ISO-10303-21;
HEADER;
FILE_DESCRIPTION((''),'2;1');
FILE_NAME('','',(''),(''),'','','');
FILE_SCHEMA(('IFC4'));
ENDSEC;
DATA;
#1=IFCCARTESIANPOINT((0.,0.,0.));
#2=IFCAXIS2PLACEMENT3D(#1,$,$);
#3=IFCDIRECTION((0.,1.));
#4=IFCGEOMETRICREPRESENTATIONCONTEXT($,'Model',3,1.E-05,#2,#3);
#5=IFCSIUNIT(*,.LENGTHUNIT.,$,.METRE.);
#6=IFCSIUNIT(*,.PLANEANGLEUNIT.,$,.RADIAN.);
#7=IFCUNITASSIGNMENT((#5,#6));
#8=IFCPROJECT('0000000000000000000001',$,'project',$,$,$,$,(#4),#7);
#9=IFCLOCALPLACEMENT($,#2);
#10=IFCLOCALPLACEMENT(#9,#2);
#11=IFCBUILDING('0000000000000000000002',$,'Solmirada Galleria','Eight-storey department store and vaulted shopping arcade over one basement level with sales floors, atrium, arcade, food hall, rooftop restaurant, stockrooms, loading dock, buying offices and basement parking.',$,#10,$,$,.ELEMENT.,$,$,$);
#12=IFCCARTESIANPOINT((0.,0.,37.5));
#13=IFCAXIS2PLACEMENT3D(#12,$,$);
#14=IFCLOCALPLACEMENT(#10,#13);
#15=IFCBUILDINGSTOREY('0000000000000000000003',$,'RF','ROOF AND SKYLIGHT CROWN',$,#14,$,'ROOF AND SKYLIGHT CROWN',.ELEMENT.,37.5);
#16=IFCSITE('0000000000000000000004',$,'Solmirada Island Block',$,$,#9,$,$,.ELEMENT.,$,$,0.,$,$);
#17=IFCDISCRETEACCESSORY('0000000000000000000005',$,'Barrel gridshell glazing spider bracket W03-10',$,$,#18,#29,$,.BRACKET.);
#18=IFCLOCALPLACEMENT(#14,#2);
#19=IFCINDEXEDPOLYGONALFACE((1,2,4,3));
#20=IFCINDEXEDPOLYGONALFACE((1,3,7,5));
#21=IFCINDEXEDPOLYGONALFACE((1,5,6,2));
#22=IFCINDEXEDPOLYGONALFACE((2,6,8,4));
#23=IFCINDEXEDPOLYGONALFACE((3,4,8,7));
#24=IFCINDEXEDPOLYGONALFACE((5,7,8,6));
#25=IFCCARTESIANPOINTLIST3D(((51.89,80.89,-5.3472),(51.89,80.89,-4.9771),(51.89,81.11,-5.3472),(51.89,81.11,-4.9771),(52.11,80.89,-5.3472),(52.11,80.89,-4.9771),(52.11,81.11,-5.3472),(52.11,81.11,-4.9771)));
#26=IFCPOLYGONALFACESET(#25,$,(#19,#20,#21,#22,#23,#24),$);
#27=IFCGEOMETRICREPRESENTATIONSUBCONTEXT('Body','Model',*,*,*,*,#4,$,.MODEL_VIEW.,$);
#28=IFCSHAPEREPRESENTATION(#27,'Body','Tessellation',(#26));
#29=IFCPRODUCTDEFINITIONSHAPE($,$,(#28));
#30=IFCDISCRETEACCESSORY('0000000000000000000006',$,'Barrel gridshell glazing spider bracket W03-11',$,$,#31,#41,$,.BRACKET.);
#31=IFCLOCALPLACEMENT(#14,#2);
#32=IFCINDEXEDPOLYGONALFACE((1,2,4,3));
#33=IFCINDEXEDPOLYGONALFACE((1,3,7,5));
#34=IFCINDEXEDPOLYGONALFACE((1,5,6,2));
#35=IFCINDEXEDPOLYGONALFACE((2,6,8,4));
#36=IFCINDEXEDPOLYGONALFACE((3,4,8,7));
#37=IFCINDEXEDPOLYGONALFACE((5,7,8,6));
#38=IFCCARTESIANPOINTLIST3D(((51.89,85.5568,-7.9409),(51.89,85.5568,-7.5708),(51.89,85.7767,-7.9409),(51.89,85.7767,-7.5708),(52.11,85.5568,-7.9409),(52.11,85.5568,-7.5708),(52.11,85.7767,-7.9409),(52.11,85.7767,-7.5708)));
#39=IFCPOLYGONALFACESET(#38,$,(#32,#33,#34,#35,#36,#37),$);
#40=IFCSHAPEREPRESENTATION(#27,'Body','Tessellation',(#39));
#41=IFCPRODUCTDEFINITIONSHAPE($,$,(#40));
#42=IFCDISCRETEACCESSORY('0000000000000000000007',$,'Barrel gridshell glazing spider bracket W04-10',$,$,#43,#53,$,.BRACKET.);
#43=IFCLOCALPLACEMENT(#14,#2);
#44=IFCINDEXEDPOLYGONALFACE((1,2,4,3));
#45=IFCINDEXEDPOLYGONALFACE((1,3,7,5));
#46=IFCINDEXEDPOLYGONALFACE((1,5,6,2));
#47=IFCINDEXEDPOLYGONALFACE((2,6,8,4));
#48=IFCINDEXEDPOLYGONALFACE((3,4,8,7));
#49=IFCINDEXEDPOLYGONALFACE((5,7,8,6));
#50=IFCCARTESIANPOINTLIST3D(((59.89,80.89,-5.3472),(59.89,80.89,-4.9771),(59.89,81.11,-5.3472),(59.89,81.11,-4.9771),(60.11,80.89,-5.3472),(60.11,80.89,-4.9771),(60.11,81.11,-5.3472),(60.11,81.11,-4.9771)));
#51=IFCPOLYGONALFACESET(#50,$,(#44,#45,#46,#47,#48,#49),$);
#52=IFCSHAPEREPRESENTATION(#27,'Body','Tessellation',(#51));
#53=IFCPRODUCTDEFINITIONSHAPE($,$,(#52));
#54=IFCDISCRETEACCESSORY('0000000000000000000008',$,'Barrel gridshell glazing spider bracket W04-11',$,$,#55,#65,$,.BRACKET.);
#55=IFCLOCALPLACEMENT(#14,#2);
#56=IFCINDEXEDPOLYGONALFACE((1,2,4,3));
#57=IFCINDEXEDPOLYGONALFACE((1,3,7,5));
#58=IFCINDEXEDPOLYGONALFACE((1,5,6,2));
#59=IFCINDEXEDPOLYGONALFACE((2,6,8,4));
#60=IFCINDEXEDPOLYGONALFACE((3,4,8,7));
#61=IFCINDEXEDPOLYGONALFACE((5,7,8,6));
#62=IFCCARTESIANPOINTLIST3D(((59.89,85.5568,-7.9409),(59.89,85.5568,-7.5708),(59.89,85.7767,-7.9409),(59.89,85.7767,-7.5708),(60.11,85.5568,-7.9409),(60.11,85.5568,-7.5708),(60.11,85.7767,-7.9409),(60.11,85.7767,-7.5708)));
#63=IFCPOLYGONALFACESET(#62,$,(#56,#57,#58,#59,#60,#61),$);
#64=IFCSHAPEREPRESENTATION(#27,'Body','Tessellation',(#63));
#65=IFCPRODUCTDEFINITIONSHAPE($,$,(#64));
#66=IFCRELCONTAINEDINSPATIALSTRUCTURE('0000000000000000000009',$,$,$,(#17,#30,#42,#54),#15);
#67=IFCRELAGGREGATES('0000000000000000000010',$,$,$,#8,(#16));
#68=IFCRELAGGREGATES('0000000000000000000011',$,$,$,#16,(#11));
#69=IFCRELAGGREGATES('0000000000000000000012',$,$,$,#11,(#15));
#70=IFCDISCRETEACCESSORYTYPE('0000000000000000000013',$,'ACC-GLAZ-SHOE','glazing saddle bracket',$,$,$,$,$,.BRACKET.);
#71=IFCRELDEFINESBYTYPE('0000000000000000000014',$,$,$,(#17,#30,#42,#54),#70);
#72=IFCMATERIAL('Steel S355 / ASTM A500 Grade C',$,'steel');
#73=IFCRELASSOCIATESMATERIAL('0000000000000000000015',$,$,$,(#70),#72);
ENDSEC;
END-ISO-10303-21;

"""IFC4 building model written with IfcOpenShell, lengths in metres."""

from ifc_helpers import new_model, si_unit, direction, frame, origin, origin_2d, place, context, subcontext, project, spatial, rectangle, extrude, material, type_object, element, save


model = new_model("IFC4")

# Units and contexts
model_context = context("Model", 3, precision=1e-05, world=origin(), true_north=direction((0.0, 1.0)))
body_context = subcontext(model_context, "Body", "Model", "MODEL_VIEW")
ifc_project = project(units=[si_unit("LENGTHUNIT", "METRE"), si_unit("PLANEANGLEUNIT", "RADIAN")], contexts=[model_context])

# Site, building, storey
site_placement = place(None, origin())
site = spatial("IfcSite", under=ifc_project, at=site_placement, Name="Solmirada Island Block", CompositionType="ELEMENT", RefElevation=0.0)
building_placement = place(site_placement, origin())
building = spatial("IfcBuilding", under=site, at=building_placement, Name="Solmirada Galleria", Description="Eight-storey department store and vaulted shopping arcade over one basement level with sales floors, atrium, arcade, food hall, rooftop restaurant, stockrooms, loading dock, buying offices and basement parking.", CompositionType="ELEMENT")
storey_placement = place(building_placement, frame((0.0, 0.0, 37.5)))
storey = spatial("IfcBuildingStorey", under=building, at=storey_placement, Name="RF", Description="ROOF AND SKYLIGHT CROWN", LongName="ROOF AND SKYLIGHT CROWN", CompositionType="ELEMENT", Elevation=37.5)

# Shared definitions
ifc_material_1 = material(Name="Steel S355 / ASTM A500 Grade C", Category="steel")

# Discrete accessories
discrete_accessory_type = type_object("IfcDiscreteAccessoryType", Name="ACC-GLAZ-SHOE", Description="glazing saddle bracket", PredefinedType="BRACKET", material=ifc_material_1)
for number, where, z_axis, x_axis, name in (
    (1, (52.0, 81.0, -5.3472), (0.0, 0.0, 1.0), (1.0, 0.0, 0.0), "Barrel gridshell glazing spider bracket W03-10"),
    (2, (52.0, 85.6667, -7.9409), (0.0, 0.0, 1.0), (1.0, 0.0, 0.0), "Barrel gridshell glazing spider bracket W03-11"),
    (3, (60.0, 81.0, -5.3472), (0.0, 0.0, 1.0), (1.0, 0.0, 0.0), "Barrel gridshell glazing spider bracket W04-10"),
    (4, (60.0, 85.6667, -7.9409), (0.0, 0.0, 1.0), (1.0, 0.0, 0.0), "Barrel gridshell glazing spider bracket W04-11"),
):
    element("IfcDiscreteAccessory", number, at=place(storey_placement, frame(where, z_axis=z_axis, x_axis=x_axis)), inside=storey, type_object=discrete_accessory_type, Name=name, PredefinedType="BRACKET", context=body_context, shape_type="SweptSolid", body=[
        extrude(rectangle(XDim=0.22, YDim=0.22, at=origin_2d()), origin(), (0.0, 0.0, 1.0), 0.3701),
    ])

save(model, "model.ifc")
